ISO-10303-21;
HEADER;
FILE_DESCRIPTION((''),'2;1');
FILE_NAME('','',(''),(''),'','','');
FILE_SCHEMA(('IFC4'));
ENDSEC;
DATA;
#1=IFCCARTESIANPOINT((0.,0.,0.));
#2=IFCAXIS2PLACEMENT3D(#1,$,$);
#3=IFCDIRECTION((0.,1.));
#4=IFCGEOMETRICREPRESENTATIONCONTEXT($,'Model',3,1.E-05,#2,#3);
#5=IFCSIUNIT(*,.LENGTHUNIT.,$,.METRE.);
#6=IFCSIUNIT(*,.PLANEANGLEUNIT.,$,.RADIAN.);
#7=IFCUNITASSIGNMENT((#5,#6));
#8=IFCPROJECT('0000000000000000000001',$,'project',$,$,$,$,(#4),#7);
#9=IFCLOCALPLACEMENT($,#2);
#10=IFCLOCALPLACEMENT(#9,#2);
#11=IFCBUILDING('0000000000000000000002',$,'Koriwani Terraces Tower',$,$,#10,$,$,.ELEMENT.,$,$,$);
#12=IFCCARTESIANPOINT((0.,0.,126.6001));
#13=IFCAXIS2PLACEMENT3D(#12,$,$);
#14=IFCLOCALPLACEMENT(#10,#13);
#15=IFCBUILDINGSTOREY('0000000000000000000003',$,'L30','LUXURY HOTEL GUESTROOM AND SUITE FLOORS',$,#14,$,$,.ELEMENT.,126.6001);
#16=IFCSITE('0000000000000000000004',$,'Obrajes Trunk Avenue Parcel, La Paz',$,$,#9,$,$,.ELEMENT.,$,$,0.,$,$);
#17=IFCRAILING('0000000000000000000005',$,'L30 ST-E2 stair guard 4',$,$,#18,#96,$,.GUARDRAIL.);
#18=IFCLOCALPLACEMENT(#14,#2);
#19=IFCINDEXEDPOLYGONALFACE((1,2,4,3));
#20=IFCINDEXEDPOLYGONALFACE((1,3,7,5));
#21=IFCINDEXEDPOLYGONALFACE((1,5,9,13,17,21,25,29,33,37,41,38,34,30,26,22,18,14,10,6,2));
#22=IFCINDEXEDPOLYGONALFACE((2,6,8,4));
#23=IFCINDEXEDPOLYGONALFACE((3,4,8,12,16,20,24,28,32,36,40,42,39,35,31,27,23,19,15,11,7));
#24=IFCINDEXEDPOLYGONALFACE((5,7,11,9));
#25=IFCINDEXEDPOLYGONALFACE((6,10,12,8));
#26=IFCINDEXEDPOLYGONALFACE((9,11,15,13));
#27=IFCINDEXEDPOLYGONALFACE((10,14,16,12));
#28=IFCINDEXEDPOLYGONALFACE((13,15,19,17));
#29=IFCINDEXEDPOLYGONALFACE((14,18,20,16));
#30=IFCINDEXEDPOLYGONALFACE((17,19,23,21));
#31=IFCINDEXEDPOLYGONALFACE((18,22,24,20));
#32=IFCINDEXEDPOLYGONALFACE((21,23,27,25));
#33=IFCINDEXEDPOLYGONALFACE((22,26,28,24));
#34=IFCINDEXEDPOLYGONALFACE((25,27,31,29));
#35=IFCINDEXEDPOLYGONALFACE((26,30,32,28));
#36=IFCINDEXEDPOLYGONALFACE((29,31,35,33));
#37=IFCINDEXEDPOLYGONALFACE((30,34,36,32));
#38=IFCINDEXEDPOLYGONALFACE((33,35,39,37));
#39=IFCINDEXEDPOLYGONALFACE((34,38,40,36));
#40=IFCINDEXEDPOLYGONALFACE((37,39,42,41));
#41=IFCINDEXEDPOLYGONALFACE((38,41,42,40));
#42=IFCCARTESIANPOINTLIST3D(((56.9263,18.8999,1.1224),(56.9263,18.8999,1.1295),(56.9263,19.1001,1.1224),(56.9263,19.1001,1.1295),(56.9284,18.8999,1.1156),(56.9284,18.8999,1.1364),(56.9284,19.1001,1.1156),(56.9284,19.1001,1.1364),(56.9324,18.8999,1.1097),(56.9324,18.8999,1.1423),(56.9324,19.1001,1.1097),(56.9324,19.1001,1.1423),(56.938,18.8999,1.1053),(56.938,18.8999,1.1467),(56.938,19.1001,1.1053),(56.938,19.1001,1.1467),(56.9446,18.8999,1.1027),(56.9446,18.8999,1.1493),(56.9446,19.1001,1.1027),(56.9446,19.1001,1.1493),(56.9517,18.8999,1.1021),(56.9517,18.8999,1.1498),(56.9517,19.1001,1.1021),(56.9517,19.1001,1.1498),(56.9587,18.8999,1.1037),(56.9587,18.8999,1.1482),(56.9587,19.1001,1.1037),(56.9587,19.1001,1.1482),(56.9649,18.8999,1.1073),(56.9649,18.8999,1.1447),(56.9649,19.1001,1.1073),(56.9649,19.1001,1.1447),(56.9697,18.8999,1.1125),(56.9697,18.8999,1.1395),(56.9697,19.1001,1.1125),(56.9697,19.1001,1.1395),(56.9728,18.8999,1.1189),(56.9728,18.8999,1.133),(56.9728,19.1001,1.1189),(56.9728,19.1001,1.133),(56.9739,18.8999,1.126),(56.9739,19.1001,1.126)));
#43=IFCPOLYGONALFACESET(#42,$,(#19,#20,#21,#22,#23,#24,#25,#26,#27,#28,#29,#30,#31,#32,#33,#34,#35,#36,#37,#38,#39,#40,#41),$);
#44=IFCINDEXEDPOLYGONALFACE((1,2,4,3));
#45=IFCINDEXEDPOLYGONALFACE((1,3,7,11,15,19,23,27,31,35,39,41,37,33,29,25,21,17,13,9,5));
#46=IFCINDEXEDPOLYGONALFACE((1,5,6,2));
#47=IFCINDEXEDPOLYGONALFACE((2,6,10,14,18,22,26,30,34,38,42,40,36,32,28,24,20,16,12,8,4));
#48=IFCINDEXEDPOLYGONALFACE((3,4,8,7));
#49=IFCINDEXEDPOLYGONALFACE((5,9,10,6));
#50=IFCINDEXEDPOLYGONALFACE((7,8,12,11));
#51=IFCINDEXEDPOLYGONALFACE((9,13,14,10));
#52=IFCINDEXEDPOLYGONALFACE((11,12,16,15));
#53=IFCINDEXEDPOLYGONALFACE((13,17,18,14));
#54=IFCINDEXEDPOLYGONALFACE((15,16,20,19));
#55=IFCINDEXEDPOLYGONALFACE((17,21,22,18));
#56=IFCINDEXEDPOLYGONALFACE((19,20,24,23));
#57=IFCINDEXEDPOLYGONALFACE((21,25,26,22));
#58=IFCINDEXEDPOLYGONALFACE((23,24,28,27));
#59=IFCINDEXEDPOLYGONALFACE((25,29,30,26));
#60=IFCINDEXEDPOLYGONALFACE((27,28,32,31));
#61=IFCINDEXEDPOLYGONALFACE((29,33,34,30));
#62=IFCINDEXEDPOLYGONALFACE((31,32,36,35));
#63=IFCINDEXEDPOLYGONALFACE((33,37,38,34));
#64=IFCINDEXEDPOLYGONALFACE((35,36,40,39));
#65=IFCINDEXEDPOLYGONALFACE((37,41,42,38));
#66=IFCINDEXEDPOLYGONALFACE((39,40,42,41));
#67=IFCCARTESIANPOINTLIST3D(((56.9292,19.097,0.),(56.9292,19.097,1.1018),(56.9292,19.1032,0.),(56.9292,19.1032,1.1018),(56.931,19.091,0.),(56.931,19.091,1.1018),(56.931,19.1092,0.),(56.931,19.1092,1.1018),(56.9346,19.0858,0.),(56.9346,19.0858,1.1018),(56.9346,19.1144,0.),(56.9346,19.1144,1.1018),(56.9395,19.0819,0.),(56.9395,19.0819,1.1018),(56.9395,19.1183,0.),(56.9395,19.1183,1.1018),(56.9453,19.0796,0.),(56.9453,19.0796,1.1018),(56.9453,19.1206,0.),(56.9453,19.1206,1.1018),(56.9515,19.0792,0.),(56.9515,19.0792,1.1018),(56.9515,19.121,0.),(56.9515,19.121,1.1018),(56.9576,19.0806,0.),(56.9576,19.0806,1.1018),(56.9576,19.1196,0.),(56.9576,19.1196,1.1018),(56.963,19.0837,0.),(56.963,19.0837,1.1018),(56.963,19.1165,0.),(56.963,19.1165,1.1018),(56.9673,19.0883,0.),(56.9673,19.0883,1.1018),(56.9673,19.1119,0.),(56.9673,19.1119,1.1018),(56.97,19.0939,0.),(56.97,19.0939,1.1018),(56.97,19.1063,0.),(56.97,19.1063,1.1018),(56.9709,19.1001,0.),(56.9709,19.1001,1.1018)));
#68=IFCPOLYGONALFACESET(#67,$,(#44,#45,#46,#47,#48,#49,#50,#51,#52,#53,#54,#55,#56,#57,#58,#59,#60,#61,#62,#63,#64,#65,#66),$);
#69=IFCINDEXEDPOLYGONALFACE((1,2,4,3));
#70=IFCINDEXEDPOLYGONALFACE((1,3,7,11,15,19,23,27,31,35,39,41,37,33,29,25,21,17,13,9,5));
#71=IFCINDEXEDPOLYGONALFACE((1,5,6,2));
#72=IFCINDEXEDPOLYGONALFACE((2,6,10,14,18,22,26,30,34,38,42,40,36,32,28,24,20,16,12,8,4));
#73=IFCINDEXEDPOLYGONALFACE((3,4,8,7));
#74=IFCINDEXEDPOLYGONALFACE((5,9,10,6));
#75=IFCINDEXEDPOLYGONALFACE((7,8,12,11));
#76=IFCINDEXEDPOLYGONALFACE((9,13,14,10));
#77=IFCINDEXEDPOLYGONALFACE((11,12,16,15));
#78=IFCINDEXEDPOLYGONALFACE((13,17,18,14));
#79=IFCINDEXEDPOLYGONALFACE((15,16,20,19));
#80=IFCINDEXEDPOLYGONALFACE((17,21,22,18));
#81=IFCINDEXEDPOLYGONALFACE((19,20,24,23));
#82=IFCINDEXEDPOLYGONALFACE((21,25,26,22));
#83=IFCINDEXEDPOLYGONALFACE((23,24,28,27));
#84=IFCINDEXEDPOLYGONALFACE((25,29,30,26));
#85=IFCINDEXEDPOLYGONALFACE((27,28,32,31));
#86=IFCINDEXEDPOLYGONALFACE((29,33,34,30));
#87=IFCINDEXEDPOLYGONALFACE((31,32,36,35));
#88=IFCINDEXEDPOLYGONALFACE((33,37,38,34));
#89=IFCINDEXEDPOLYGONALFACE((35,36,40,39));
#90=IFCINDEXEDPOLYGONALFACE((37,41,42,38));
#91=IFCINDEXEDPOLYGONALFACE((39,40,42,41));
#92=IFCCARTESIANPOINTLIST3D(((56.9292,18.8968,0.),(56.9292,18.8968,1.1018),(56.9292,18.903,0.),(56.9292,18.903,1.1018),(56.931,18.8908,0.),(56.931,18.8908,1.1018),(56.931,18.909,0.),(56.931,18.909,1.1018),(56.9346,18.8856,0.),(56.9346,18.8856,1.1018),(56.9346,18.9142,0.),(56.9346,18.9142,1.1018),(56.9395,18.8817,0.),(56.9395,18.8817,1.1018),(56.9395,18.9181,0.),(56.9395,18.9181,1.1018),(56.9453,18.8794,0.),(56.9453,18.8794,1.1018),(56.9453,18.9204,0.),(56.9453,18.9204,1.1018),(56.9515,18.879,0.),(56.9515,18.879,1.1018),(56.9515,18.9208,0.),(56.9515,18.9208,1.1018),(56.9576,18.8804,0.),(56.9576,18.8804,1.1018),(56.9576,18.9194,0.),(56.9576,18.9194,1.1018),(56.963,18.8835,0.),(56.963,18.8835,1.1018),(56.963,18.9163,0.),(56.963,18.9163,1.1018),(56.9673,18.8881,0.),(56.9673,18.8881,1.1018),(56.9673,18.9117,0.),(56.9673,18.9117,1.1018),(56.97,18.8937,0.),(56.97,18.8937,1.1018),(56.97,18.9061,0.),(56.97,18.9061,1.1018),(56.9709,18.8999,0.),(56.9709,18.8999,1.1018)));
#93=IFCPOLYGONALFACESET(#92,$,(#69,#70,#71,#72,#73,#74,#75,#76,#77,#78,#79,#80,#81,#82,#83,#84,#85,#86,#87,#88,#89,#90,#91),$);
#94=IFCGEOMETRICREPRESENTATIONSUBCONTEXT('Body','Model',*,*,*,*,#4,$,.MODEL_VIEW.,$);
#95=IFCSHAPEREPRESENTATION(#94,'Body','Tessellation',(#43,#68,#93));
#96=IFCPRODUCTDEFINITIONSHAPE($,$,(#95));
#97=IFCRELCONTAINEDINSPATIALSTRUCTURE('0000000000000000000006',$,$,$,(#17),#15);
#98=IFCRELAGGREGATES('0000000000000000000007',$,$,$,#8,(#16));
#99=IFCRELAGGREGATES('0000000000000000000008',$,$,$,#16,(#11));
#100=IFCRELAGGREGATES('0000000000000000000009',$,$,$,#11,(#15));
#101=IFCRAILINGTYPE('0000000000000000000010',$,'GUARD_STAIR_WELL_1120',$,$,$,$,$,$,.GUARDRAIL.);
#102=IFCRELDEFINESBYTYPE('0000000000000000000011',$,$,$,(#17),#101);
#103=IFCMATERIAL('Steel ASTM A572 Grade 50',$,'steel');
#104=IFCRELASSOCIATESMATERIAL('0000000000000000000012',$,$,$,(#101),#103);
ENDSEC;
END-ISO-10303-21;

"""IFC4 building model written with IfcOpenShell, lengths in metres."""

from ifc_helpers import new_model, si_unit, direction, frame, origin, origin_2d, place, context, subcontext, project, spatial, circle, extrude, material, type_object, element, save


model = new_model("IFC4")

# Units and contexts
model_context = context("Model", 3, precision=1e-05, world=origin(), true_north=direction((0.0, 1.0)))
body_context = subcontext(model_context, "Body", "Model", "MODEL_VIEW")
ifc_project = project(units=[si_unit("LENGTHUNIT", "METRE"), si_unit("PLANEANGLEUNIT", "RADIAN")], contexts=[model_context])

# Site, building, storey
site_placement = place(None, origin())
site = spatial("IfcSite", under=ifc_project, at=site_placement, Name="Obrajes Trunk Avenue Parcel, La Paz", CompositionType="ELEMENT", RefElevation=0.0)
building_placement = place(site_placement, origin())
building = spatial("IfcBuilding", under=site, at=building_placement, Name="Koriwani Terraces Tower", CompositionType="ELEMENT")
storey_placement = place(building_placement, frame((0.0, 0.0, 126.6001)))
storey = spatial("IfcBuildingStorey", under=building, at=storey_placement, Name="L30", Description="LUXURY HOTEL GUESTROOM AND SUITE FLOORS", CompositionType="ELEMENT", Elevation=126.6001)

# Shared definitions
ifc_material_1 = material(Name="Steel ASTM A572 Grade 50", Category="steel")

# Railing
railing_type_1 = type_object("IfcRailingType", Name="GUARD_STAIR_WELL_1120", PredefinedType="GUARDRAIL", material=ifc_material_1)
railing_1_placement = place(storey_placement, frame((56.95, 19.1001, 0.0)))
element("IfcRailing", 1, at=railing_1_placement, inside=storey, type_object=railing_type_1, Name="L30 ST-E2 stair guard 4", PredefinedType="GUARDRAIL", context=body_context, shape_type="SweptSolid", body=[
    extrude(circle(Radius=0.0239, at=origin_2d()), frame((0.0, 0.0, 1.126), z_axis=(0.0, -1.0, 0.0), x_axis=(1.0, 0.0, 0.0)), (0.0, 0.0, 1.0), 0.2002),
    extrude(circle(Radius=0.021, at=origin_2d()), origin(), (0.0, 0.0, 1.0), 1.1018),
    extrude(circle(Radius=0.021, at=origin_2d()), frame((0.0, -0.2002, 0.0)), (0.0, 0.0, 1.0), 1.1018),
])

save(model, "model.ifc")
